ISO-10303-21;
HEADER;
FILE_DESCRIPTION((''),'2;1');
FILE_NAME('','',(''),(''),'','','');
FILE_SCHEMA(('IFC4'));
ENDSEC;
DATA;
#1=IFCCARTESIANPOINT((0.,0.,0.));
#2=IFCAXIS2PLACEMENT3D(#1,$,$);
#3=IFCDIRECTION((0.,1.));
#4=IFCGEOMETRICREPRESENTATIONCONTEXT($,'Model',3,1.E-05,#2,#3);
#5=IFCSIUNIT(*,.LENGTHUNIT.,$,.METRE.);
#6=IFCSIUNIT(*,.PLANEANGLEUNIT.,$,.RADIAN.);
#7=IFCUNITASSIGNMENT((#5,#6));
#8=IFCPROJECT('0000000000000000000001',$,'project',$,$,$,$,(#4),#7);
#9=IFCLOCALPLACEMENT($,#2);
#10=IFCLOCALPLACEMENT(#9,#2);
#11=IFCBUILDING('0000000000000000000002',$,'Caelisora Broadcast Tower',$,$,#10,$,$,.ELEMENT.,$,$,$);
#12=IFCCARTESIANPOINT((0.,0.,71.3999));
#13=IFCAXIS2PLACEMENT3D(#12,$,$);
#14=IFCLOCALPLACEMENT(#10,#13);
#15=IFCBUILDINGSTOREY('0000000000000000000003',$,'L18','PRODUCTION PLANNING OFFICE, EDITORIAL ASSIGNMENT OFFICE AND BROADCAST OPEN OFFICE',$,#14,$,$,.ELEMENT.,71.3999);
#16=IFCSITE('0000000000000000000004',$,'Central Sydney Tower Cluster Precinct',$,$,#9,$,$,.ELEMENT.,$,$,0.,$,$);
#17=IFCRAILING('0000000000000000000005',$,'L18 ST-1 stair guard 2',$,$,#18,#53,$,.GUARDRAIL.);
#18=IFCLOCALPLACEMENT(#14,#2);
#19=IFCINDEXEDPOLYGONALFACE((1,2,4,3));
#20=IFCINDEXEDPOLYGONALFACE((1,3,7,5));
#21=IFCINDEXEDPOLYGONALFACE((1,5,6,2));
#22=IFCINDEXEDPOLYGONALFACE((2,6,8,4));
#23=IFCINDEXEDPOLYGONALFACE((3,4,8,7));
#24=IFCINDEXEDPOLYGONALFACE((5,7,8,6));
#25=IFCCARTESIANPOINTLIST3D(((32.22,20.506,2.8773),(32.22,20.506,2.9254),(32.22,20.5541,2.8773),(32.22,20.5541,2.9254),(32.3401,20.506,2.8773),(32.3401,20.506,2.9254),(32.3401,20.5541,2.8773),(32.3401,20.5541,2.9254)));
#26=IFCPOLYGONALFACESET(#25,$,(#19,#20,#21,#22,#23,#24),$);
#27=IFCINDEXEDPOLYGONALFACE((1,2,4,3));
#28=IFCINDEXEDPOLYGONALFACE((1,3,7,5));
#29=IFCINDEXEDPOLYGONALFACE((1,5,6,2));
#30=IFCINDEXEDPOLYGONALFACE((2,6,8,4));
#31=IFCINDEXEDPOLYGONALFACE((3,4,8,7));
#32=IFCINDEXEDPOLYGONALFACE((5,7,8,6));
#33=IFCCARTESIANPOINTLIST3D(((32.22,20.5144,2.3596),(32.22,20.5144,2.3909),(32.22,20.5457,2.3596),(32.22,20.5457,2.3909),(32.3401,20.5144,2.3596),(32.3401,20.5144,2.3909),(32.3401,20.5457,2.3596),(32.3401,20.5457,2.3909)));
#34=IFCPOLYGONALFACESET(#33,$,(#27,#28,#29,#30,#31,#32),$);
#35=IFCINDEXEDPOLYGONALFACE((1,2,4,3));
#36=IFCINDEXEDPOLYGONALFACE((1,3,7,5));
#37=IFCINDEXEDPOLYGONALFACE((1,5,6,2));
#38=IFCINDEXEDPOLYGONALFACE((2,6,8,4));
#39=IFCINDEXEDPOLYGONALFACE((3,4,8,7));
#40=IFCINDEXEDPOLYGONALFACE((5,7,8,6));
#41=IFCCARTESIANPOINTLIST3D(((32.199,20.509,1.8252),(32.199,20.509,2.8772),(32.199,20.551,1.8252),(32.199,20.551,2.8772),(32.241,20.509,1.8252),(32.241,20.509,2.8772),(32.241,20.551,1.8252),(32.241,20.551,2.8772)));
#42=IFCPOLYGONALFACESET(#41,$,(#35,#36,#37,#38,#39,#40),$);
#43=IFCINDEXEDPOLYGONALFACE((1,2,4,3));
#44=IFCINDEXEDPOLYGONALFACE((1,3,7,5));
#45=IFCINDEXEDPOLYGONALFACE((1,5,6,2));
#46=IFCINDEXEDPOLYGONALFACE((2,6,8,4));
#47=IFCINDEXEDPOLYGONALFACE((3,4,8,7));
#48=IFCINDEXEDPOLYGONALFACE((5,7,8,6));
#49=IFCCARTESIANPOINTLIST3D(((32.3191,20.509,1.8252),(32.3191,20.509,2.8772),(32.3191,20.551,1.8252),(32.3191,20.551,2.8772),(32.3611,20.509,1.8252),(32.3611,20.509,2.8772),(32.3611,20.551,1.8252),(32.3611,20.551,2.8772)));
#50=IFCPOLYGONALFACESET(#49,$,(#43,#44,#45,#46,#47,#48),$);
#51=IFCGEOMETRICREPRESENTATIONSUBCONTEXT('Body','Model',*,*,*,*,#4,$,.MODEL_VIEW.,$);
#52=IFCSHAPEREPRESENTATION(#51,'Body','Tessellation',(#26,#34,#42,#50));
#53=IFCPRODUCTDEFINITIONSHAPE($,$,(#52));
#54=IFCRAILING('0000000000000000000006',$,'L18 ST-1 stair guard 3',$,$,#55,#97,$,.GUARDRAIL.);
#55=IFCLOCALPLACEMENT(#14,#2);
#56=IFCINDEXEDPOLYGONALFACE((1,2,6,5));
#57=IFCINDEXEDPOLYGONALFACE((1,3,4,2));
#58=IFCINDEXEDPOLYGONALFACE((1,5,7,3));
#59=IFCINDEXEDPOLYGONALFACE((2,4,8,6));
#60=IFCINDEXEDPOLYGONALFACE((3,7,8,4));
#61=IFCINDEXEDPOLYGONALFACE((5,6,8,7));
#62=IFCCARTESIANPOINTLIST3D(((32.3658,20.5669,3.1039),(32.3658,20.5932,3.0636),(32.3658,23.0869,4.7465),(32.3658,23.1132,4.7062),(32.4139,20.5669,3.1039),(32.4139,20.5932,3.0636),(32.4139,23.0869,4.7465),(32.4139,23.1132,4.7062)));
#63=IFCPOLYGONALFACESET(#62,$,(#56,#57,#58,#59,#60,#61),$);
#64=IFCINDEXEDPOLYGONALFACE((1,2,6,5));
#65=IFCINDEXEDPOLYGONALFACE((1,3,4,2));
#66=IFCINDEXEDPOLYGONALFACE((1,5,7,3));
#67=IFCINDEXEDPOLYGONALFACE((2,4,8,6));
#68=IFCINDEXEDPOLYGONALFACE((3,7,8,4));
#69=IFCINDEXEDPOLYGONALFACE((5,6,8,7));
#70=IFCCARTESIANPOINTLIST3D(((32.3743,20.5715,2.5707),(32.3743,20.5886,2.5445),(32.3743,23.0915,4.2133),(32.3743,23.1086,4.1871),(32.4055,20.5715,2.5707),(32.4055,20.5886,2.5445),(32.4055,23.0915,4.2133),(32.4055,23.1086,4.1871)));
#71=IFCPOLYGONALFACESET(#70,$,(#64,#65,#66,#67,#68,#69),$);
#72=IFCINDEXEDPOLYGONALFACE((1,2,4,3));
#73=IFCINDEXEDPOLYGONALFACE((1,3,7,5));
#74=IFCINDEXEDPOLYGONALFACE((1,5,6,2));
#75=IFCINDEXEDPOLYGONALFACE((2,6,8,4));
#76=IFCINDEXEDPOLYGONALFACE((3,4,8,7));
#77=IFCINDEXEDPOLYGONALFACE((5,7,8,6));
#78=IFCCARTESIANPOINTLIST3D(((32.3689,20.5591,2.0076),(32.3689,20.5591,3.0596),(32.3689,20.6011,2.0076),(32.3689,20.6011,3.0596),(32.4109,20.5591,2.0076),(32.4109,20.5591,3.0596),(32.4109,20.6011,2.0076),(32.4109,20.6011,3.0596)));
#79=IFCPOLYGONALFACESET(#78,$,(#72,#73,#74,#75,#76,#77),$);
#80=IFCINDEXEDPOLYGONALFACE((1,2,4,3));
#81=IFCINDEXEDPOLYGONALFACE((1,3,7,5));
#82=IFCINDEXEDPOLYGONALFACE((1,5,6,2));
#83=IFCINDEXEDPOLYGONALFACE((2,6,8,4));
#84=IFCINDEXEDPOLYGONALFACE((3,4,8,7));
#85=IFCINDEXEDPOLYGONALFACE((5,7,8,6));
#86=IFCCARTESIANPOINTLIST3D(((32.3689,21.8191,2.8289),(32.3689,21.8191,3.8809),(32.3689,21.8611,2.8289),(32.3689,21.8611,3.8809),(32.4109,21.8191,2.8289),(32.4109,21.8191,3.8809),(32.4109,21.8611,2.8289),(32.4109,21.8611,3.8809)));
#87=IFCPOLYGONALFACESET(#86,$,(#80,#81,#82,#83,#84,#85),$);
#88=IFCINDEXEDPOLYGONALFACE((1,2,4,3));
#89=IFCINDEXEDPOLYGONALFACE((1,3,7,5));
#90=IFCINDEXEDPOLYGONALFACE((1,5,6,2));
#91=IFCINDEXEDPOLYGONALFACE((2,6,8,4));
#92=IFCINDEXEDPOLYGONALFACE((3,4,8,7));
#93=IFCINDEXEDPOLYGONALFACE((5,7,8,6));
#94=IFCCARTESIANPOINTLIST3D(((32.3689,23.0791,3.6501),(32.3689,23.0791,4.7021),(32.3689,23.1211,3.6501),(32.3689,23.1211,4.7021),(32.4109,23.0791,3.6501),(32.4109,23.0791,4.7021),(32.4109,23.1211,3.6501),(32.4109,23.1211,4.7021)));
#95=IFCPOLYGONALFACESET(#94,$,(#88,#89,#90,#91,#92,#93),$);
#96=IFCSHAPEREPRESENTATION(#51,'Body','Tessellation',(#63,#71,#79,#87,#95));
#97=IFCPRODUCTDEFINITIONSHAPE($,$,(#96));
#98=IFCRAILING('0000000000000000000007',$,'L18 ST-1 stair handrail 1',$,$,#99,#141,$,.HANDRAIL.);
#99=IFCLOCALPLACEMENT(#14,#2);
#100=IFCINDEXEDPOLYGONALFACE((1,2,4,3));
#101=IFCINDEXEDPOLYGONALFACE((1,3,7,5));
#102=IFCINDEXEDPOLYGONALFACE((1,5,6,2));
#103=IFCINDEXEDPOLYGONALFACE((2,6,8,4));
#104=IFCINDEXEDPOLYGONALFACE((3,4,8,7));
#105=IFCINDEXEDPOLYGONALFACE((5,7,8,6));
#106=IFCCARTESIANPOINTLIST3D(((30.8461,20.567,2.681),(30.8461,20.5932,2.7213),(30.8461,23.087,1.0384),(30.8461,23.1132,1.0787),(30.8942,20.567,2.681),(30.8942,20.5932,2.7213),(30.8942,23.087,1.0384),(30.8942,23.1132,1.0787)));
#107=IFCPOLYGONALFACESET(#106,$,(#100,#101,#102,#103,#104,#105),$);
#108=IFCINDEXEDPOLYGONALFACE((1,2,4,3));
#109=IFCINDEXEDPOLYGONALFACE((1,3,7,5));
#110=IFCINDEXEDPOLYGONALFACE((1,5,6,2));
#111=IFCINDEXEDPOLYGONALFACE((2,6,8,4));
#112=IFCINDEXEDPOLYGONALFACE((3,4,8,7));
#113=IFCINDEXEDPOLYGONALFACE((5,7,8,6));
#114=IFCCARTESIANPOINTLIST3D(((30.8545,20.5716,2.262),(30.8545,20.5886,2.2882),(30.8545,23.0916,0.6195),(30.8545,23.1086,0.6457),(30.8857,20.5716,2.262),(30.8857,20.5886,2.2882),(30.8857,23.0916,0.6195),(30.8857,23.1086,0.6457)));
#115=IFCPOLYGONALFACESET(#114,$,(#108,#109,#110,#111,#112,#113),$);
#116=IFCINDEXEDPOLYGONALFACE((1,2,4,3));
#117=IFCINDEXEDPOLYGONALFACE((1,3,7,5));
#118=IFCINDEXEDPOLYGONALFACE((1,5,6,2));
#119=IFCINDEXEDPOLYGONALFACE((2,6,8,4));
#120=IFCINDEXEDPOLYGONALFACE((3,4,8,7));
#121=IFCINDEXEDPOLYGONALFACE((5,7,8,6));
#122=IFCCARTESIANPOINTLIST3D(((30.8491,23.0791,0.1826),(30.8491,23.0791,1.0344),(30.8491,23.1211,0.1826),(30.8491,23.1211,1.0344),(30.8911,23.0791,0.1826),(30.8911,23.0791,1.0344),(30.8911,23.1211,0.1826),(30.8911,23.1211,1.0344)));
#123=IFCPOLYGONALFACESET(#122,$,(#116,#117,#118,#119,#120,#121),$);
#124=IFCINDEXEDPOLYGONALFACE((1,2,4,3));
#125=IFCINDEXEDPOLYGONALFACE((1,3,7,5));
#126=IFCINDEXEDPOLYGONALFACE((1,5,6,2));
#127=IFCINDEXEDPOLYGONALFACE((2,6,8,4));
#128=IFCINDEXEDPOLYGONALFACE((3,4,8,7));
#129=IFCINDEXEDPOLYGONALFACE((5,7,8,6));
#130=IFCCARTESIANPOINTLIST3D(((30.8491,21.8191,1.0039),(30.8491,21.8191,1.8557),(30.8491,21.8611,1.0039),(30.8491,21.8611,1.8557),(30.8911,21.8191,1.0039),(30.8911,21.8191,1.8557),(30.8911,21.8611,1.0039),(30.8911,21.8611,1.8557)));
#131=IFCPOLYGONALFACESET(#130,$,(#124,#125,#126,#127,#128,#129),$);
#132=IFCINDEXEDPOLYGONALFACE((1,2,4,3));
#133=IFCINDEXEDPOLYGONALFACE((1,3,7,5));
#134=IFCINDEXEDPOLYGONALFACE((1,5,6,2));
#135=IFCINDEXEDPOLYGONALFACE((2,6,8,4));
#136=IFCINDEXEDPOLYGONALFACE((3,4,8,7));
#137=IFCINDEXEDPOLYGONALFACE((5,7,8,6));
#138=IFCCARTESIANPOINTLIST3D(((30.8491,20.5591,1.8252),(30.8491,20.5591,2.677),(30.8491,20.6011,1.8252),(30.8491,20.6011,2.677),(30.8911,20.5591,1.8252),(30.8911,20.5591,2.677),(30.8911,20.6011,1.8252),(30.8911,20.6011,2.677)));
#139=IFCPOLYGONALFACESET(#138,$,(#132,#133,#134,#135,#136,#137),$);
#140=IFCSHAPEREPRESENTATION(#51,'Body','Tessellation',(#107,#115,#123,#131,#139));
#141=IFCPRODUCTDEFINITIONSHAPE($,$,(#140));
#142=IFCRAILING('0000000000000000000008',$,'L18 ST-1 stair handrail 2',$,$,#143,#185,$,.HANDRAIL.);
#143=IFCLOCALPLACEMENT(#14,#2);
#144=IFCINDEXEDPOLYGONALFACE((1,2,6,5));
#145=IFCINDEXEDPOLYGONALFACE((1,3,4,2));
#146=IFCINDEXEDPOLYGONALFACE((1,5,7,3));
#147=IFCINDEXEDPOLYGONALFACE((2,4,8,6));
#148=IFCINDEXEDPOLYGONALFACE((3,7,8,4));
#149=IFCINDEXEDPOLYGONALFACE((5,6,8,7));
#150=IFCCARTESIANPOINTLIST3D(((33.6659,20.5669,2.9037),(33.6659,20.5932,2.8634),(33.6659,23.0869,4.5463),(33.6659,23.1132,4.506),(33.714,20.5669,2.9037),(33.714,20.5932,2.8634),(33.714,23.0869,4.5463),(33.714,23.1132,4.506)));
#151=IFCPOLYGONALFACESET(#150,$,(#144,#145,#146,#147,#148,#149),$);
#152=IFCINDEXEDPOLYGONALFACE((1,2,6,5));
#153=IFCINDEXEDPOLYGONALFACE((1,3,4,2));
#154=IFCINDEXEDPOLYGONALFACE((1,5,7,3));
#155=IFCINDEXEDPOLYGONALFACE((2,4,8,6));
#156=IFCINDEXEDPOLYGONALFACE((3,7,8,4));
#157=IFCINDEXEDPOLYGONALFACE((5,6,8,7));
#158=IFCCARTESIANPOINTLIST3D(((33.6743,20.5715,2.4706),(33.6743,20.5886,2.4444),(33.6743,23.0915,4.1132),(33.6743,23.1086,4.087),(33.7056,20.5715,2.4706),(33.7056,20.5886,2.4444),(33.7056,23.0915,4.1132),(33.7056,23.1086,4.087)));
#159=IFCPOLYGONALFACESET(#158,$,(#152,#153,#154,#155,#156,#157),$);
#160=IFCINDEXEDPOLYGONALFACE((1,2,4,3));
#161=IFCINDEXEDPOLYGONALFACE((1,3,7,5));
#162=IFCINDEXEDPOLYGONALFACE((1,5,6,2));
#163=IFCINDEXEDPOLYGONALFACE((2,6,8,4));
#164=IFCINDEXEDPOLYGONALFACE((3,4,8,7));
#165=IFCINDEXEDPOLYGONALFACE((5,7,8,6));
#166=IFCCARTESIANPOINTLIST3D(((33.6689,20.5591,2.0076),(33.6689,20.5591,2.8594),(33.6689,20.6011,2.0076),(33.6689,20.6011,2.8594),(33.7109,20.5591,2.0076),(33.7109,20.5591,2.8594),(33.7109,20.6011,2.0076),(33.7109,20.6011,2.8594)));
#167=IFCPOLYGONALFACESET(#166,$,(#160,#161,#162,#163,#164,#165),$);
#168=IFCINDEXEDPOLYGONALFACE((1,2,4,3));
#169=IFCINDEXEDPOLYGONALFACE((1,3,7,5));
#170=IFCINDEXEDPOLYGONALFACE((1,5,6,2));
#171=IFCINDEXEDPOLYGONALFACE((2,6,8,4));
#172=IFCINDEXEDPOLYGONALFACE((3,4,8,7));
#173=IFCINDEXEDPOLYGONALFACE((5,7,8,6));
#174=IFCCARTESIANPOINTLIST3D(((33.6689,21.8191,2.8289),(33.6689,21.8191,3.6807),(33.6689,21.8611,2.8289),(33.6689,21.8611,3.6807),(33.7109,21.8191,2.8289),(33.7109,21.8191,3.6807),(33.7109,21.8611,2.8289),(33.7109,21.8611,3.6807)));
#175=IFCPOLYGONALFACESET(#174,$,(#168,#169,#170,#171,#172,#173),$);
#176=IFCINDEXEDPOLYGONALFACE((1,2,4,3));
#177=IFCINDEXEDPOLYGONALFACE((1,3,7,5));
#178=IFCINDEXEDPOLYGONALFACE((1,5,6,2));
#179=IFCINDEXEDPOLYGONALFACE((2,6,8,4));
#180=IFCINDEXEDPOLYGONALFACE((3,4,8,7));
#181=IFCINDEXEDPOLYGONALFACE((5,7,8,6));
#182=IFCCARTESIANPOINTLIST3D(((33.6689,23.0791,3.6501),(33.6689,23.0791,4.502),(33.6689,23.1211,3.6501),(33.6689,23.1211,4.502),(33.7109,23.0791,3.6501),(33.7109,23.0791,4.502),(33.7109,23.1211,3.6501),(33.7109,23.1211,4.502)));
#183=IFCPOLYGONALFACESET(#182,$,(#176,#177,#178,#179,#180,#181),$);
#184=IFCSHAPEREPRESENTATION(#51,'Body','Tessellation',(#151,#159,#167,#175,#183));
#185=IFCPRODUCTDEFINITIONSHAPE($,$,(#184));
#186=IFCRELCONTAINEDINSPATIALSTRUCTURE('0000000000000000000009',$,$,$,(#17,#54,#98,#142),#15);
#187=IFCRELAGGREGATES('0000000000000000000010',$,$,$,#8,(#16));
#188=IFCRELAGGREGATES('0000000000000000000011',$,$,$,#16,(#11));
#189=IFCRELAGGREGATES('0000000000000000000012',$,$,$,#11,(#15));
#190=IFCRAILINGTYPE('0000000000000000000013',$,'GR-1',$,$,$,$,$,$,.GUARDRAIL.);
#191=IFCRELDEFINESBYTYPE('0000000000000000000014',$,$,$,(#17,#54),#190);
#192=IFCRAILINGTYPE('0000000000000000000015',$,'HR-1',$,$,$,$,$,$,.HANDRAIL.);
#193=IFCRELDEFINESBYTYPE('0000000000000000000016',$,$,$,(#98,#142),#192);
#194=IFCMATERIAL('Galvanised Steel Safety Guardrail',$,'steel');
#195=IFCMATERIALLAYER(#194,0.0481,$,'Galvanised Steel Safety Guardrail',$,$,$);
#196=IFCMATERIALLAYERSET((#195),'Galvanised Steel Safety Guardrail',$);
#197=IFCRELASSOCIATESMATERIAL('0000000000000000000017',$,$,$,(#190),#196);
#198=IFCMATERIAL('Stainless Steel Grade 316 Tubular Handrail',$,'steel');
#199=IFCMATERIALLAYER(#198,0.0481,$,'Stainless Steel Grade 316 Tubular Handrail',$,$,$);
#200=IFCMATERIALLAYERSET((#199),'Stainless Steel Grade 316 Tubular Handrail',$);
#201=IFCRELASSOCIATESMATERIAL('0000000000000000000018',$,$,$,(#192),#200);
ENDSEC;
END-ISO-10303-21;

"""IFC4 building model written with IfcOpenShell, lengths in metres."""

from ifc_helpers import new_model, si_unit, direction, frame, origin, origin_2d, place, context, subcontext, project, spatial, rectangle, extrude, material, layer, layer_set, type_object, element, save


model = new_model("IFC4")

# Units and contexts
model_context = context("Model", 3, precision=1e-05, world=origin(), true_north=direction((0.0, 1.0)))
body_context = subcontext(model_context, "Body", "Model", "MODEL_VIEW")
ifc_project = project(units=[si_unit("LENGTHUNIT", "METRE"), si_unit("PLANEANGLEUNIT", "RADIAN")], contexts=[model_context])

# Site, building, storey
site_placement = place(None, origin())
site = spatial("IfcSite", under=ifc_project, at=site_placement, Name="Central Sydney Tower Cluster Precinct", CompositionType="ELEMENT", RefElevation=0.0)
building_placement = place(site_placement, origin())
building = spatial("IfcBuilding", under=site, at=building_placement, Name="Caelisora Broadcast Tower", CompositionType="ELEMENT")
storey_placement = place(building_placement, frame((0.0, 0.0, 71.3999)))
storey = spatial("IfcBuildingStorey", under=building, at=storey_placement, Name="L18", Description="PRODUCTION PLANNING OFFICE, EDITORIAL ASSIGNMENT OFFICE AND BROADCAST OPEN OFFICE", CompositionType="ELEMENT", Elevation=71.3999)

# Railings
ifc_material_1 = material(Name="Galvanised Steel Safety Guardrail", Category="steel")
ifc_layer_1 = layer(ifc_material_1, 0.0481, Name="Galvanised Steel Safety Guardrail")
ifc_layer_set_1 = layer_set([ifc_layer_1], Name="Galvanised Steel Safety Guardrail")
railing_type_1 = type_object("IfcRailingType", Name="GR-1", PredefinedType="GUARDRAIL", material=ifc_layer_set_1)
railing_1_placement = place(storey_placement, frame((32.22, 20.53, 1.8252)))
element("IfcRailing", 1, at=railing_1_placement, inside=storey, type_object=railing_type_1, Name="L18 ST-1 stair guard 2", PredefinedType="GUARDRAIL", context=body_context, shape_type="SweptSolid", body=[
    extrude(rectangle(XDim=0.0481, YDim=0.0481, at=origin_2d()), frame((0.0, 0.0, 1.0762), z_axis=(1.0, 0.0, 0.0), x_axis=(0.0, 1.0, 0.0)), (0.0, 0.0, 1.0), 0.1201),
    extrude(rectangle(XDim=0.0312, YDim=0.0312, at=origin_2d()), frame((0.0, 0.0, 0.55), z_axis=(1.0, 0.0, 0.0), x_axis=(0.0, 1.0, 0.0)), (0.0, 0.0, 1.0), 0.1201),
    extrude(rectangle(XDim=0.042, YDim=0.042, at=origin_2d()), origin(), (0.0, 0.0, 1.0), 1.052),
    extrude(rectangle(XDim=0.042, YDim=0.042, at=origin_2d()), frame((0.1201, 0.0, 0.0)), (0.0, 0.0, 1.0), 1.052),
])
railing_2_placement = place(storey_placement, frame((32.3899, 20.5801, 2.0076)))
element("IfcRailing", 2, at=railing_2_placement, inside=storey, type_object=railing_type_1, Name="L18 ST-1 stair guard 3", PredefinedType="GUARDRAIL", context=body_context, shape_type="SweptSolid", body=[
    extrude(rectangle(XDim=0.0481, YDim=0.0481, at=origin_2d()), frame((0.0, 0.0, 1.0762), z_axis=(0.0, 0.837749, 0.546055), x_axis=(-1.0, 0.0, 0.0)), (0.0, 0.0, 1.0), 3.0081),
    extrude(rectangle(XDim=0.0312, YDim=0.0312, at=origin_2d()), frame((0.0, 0.0, 0.55), z_axis=(0.0, 0.837749, 0.546055), x_axis=(-1.0, 0.0, 0.0)), (0.0, 0.0, 1.0), 3.0081),
    extrude(rectangle(XDim=0.042, YDim=0.042, at=origin_2d()), origin(), (0.0, 0.0, 1.0), 1.052),
    extrude(rectangle(XDim=0.042, YDim=0.042, at=origin_2d()), frame((0.0, 1.26, 0.8213)), (0.0, 0.0, 1.0), 1.052),
    extrude(rectangle(XDim=0.042, YDim=0.042, at=origin_2d()), frame((0.0, 2.52, 1.6426)), (0.0, 0.0, 1.0), 1.052),
])
ifc_material_2 = material(Name="Stainless Steel Grade 316 Tubular Handrail", Category="steel")
ifc_layer_2 = layer(ifc_material_2, 0.0481, Name="Stainless Steel Grade 316 Tubular Handrail")
ifc_layer_set_2 = layer_set([ifc_layer_2], Name="Stainless Steel Grade 316 Tubular Handrail")
railing_type_2 = type_object("IfcRailingType", Name="HR-1", PredefinedType="HANDRAIL", material=ifc_layer_set_2)
railing_3_placement = place(storey_placement, frame((30.8701, 23.1001, 0.1826)))
element("IfcRailing", 3, at=railing_3_placement, inside=storey, type_object=railing_type_2, Name="L18 ST-1 stair handrail 1", PredefinedType="HANDRAIL", context=body_context, shape_type="SweptSolid", body=[
    extrude(rectangle(XDim=0.0481, YDim=0.0481, at=origin_2d()), frame((0.0, 0.0, 0.876), z_axis=(0.0, -0.837749, 0.546055), x_axis=(1.0, 0.0, 0.0)), (0.0, 0.0, 1.0), 3.0081),
    extrude(rectangle(XDim=0.0312, YDim=0.0312, at=origin_2d()), frame((0.0, 0.0, 0.45), z_axis=(0.0, -0.837749, 0.546055), x_axis=(1.0, 0.0, 0.0)), (0.0, 0.0, 1.0), 3.0081),
    extrude(rectangle(XDim=0.042, YDim=0.042, at=origin_2d()), origin(), (0.0, 0.0, 1.0), 0.8518),
    extrude(rectangle(XDim=0.042, YDim=0.042, at=origin_2d()), frame((0.0, -1.26, 0.8213)), (0.0, 0.0, 1.0), 0.8518),
    extrude(rectangle(XDim=0.042, YDim=0.042, at=origin_2d()), frame((0.0, -2.52, 1.6426)), (0.0, 0.0, 1.0), 0.8518),
])
railing_4_placement = place(storey_placement, frame((33.6899, 20.5801, 2.0076)))
element("IfcRailing", 4, at=railing_4_placement, inside=storey, type_object=railing_type_2, Name="L18 ST-1 stair handrail 2", PredefinedType="HANDRAIL", context=body_context, shape_type="SweptSolid", body=[
    extrude(rectangle(XDim=0.0481, YDim=0.0481, at=origin_2d()), frame((0.0, 0.0, 0.876), z_axis=(0.0, 0.837749, 0.546055), x_axis=(-1.0, 0.0, 0.0)), (0.0, 0.0, 1.0), 3.0081),
    extrude(rectangle(XDim=0.0312, YDim=0.0312, at=origin_2d()), frame((0.0, 0.0, 0.45), z_axis=(0.0, 0.837749, 0.546055), x_axis=(-1.0, 0.0, 0.0)), (0.0, 0.0, 1.0), 3.0081),
    extrude(rectangle(XDim=0.042, YDim=0.042, at=origin_2d()), origin(), (0.0, 0.0, 1.0), 0.8518),
    extrude(rectangle(XDim=0.042, YDim=0.042, at=origin_2d()), frame((0.0, 1.26, 0.8213)), (0.0, 0.0, 1.0), 0.8518),
    extrude(rectangle(XDim=0.042, YDim=0.042, at=origin_2d()), frame((0.0, 2.52, 1.6426)), (0.0, 0.0, 1.0), 0.8518),
])

save(model, "model.ifc")
